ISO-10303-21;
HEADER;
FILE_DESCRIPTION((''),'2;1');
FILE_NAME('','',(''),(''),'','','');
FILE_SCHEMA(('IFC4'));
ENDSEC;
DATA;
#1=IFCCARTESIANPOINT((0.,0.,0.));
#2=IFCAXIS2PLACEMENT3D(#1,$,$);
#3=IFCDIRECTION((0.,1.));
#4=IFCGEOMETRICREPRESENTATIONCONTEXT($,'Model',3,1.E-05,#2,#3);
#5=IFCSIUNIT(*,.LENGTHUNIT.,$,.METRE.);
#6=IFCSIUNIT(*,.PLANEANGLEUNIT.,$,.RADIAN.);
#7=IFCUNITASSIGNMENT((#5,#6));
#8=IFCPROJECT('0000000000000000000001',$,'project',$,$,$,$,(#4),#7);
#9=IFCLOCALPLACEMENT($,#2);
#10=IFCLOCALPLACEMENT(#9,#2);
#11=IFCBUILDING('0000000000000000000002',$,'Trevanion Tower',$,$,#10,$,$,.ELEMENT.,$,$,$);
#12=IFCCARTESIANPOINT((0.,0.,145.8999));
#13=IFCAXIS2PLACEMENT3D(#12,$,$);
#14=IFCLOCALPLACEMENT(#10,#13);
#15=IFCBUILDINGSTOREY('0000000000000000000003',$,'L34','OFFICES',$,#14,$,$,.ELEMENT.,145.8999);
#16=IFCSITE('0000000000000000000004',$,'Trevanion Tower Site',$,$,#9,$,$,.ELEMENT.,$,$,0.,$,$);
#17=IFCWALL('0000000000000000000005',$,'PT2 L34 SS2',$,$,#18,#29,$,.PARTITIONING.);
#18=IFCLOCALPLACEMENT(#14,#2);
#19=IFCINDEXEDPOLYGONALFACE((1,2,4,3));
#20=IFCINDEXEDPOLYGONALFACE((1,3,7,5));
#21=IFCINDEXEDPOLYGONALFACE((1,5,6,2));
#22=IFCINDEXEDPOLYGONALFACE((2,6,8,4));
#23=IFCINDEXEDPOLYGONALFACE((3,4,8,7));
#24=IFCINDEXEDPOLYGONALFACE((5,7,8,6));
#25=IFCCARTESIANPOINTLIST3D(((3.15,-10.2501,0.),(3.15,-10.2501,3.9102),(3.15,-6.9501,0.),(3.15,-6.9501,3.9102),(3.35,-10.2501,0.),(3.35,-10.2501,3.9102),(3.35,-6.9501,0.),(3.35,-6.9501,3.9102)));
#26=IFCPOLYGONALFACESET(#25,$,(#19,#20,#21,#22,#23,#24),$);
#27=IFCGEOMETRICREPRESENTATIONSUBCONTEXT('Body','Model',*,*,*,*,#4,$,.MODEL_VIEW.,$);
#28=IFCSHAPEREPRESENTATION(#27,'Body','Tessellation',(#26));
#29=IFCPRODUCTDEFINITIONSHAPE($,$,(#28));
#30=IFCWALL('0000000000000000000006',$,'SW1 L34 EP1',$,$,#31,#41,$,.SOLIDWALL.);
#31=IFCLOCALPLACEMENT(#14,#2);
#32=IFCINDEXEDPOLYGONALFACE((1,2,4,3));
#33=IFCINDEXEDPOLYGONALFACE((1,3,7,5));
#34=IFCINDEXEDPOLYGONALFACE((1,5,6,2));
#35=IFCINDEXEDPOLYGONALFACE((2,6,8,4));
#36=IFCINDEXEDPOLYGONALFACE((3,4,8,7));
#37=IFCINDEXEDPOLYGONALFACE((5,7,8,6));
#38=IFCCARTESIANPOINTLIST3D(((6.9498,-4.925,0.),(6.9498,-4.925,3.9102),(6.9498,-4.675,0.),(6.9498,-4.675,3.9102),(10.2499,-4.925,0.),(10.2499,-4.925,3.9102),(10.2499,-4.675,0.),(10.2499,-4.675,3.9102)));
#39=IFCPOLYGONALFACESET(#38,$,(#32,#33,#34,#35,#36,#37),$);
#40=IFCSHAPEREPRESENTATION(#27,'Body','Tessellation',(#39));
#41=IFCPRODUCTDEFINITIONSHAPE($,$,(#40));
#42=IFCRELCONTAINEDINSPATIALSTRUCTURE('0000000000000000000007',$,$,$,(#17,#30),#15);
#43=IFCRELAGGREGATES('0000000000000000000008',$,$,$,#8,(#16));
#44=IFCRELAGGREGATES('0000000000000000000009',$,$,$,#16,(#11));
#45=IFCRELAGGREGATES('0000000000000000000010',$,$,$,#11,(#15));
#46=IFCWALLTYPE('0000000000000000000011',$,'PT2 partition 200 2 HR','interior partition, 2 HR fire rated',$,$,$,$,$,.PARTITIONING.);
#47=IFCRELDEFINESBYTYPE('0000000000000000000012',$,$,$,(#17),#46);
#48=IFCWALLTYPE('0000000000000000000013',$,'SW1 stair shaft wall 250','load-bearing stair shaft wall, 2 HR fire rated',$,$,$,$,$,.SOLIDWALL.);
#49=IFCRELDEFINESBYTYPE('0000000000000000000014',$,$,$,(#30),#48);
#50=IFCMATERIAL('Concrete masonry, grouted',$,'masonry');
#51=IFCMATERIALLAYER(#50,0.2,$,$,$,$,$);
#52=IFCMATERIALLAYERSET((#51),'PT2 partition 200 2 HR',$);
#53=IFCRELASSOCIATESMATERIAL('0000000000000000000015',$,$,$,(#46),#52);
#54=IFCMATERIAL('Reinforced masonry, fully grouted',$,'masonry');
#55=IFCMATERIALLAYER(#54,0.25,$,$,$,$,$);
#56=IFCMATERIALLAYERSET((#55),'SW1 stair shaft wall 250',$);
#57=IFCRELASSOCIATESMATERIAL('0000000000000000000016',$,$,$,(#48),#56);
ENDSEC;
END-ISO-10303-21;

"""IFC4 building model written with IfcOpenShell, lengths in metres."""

from ifc_helpers import new_model, si_unit, direction, frame, frame_2d, origin, place, context, subcontext, project, spatial, rectangle, extrude, material, layer, layer_set, type_object, element, save


model = new_model("IFC4")

# Units and contexts
model_context = context("Model", 3, precision=1e-05, world=origin(), true_north=direction((0.0, 1.0)))
body_context = subcontext(model_context, "Body", "Model", "MODEL_VIEW")
ifc_project = project(units=[si_unit("LENGTHUNIT", "METRE"), si_unit("PLANEANGLEUNIT", "RADIAN")], contexts=[model_context])

# Site, building, storey
site_placement = place(None, origin())
site = spatial("IfcSite", under=ifc_project, at=site_placement, Name="Trevanion Tower Site", CompositionType="ELEMENT", RefElevation=0.0)
building_placement = place(site_placement, origin())
building = spatial("IfcBuilding", under=site, at=building_placement, Name="Trevanion Tower", CompositionType="ELEMENT")
storey_placement = place(building_placement, frame((0.0, 0.0, 145.8999)))
storey = spatial("IfcBuildingStorey", under=building, at=storey_placement, Name="L34", Description="OFFICES", CompositionType="ELEMENT", Elevation=145.8999)

# Walls
ifc_material_1 = material(Name="Concrete masonry, grouted", Category="masonry")
ifc_layer_1 = layer(ifc_material_1, 0.2)
ifc_layer_set_1 = layer_set([ifc_layer_1], Name="PT2 partition 200 2 HR")
wall_type_1 = type_object("IfcWallType", Name="PT2 partition 200 2 HR", Description="interior partition, 2 HR fire rated", PredefinedType="PARTITIONING", material=ifc_layer_set_1)
wall_1_placement = place(storey_placement, frame((3.25, -10.25, 0.0), z_axis=(0.0, 0.0, 1.0), x_axis=(0.0, 1.0, 0.0)))
element("IfcWall", 1, at=wall_1_placement, inside=storey, type_object=wall_type_1, Name="PT2 L34 SS2", PredefinedType="PARTITIONING", context=body_context, shape_type="SweptSolid", body=[
    extrude(rectangle(XDim=3.3, YDim=0.2, at=frame_2d((1.6499, 0.0))), origin(), (0.0, 0.0, 1.0), 3.9102),
])
ifc_material_2 = material(Name="Reinforced masonry, fully grouted", Category="masonry")
ifc_layer_2 = layer(ifc_material_2, 0.25)
ifc_layer_set_2 = layer_set([ifc_layer_2], Name="SW1 stair shaft wall 250")
wall_type_2 = type_object("IfcWallType", Name="SW1 stair shaft wall 250", Description="load-bearing stair shaft wall, 2 HR fire rated", PredefinedType="SOLIDWALL", material=ifc_layer_set_2)
wall_2_placement = place(storey_placement, frame((6.95, -4.8, 0.0), z_axis=(0.0, 0.0, 1.0), x_axis=(1.0, 0.0, 0.0)))
element("IfcWall", 2, at=wall_2_placement, inside=storey, type_object=wall_type_2, Name="SW1 L34 EP1", PredefinedType="SOLIDWALL", context=body_context, shape_type="SweptSolid", body=[
    extrude(rectangle(XDim=3.3, YDim=0.25, at=frame_2d((1.6499, 0.0))), origin(), (0.0, 0.0, 1.0), 3.9102),
])

save(model, "model.ifc")
